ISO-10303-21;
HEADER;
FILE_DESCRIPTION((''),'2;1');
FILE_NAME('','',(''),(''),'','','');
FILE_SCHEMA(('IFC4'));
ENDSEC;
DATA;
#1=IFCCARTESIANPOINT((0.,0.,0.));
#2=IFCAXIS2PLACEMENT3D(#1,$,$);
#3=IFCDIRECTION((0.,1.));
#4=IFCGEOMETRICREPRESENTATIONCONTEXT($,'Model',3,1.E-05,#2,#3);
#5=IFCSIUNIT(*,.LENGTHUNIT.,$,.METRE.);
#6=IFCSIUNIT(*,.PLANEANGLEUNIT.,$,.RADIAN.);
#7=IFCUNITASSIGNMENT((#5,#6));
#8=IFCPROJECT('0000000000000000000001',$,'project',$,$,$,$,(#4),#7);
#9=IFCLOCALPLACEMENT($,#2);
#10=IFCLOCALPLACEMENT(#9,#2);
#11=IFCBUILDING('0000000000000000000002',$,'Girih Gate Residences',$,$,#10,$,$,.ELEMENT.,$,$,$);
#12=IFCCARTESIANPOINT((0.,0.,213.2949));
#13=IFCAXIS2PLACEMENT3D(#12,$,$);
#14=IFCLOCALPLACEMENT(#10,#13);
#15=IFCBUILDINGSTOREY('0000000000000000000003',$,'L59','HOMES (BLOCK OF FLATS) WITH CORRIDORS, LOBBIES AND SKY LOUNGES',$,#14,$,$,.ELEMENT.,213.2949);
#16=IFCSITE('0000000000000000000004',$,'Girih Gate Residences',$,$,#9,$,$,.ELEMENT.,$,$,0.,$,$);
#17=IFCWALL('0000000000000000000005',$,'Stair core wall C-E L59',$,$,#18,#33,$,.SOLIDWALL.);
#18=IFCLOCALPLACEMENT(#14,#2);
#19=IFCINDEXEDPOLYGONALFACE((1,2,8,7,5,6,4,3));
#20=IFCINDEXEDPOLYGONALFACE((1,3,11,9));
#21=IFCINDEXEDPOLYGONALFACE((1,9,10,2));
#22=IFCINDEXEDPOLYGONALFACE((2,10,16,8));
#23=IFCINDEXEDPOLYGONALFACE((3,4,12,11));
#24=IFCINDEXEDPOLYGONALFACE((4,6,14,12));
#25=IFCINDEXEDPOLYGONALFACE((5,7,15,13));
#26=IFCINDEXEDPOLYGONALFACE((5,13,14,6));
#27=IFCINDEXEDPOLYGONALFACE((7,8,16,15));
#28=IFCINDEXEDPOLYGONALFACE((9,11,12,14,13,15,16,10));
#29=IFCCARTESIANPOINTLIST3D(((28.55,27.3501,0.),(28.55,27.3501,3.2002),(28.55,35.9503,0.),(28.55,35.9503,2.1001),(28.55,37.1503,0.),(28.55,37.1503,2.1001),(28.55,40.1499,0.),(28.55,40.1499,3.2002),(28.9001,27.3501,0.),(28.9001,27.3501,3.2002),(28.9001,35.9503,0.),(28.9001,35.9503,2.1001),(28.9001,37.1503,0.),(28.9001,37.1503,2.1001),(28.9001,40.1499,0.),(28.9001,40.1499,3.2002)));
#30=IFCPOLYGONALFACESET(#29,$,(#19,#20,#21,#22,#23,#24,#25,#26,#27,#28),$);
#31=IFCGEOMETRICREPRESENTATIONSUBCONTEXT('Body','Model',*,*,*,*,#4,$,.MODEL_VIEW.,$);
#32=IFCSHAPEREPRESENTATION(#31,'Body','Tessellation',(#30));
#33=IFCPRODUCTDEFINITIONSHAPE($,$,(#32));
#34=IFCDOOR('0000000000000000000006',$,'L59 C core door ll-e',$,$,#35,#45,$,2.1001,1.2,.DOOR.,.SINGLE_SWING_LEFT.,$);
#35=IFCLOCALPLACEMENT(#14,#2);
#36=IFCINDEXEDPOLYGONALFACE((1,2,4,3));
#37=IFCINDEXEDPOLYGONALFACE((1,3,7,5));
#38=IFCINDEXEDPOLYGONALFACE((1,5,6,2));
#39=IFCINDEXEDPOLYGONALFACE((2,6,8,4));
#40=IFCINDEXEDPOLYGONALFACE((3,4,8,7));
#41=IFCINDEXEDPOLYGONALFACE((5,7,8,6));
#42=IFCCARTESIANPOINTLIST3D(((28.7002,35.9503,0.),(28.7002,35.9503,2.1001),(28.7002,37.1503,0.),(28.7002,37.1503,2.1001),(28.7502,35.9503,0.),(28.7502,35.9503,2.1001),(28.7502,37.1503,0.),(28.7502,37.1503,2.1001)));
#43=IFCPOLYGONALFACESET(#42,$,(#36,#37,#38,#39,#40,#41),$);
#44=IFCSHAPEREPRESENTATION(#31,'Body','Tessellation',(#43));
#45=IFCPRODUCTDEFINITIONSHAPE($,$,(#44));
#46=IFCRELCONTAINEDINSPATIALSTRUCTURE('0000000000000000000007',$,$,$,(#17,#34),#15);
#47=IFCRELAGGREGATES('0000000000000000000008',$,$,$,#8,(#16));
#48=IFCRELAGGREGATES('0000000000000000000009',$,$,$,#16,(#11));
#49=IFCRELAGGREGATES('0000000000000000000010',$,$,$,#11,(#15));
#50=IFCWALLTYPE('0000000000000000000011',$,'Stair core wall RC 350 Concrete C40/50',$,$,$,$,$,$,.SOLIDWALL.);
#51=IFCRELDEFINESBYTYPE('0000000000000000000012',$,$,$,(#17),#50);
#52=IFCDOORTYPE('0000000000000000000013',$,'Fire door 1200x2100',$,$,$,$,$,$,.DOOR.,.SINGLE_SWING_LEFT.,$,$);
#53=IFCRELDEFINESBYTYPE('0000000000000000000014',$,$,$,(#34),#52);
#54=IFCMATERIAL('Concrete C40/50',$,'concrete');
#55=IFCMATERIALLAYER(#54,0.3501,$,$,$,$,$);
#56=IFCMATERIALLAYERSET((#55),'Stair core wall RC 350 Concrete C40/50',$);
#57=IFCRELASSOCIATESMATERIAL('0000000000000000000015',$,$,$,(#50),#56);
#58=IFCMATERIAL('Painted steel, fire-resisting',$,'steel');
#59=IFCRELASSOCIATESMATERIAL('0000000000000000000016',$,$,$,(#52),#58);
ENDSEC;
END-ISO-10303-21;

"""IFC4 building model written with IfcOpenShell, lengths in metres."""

from ifc_helpers import new_model, si_unit, direction, frame, frame_2d, origin, place, context, subcontext, project, spatial, rectangle, extrude, material, layer, layer_set, type_object, element, fill, save


model = new_model("IFC4")

# Units and contexts
model_context = context("Model", 3, precision=1e-05, world=origin(), true_north=direction((0.0, 1.0)))
body_context = subcontext(model_context, "Body", "Model", "MODEL_VIEW")
ifc_project = project(units=[si_unit("LENGTHUNIT", "METRE"), si_unit("PLANEANGLEUNIT", "RADIAN")], contexts=[model_context])

# Site, building, storey
site_placement = place(None, origin())
site = spatial("IfcSite", under=ifc_project, at=site_placement, Name="Girih Gate Residences", CompositionType="ELEMENT", RefElevation=0.0)
building_placement = place(site_placement, origin())
building = spatial("IfcBuilding", under=site, at=building_placement, Name="Girih Gate Residences", CompositionType="ELEMENT")
storey_placement = place(building_placement, frame((0.0, 0.0, 213.2949)))
storey = spatial("IfcBuildingStorey", under=building, at=storey_placement, Name="L59", Description="HOMES (BLOCK OF FLATS) WITH CORRIDORS, LOBBIES AND SKY LOUNGES", CompositionType="ELEMENT", Elevation=213.2949)

# Wall, opening, door
ifc_material_1 = material(Name="Concrete C40/50", Category="concrete")
ifc_layer_1 = layer(ifc_material_1, 0.3501)
ifc_layer_set_1 = layer_set([ifc_layer_1], Name="Stair core wall RC 350 Concrete C40/50")
wall_type_1 = type_object("IfcWallType", Name="Stair core wall RC 350 Concrete C40/50", PredefinedType="SOLIDWALL", material=ifc_layer_set_1)
ifc_material_2 = material(Name="Painted steel, fire-resisting", Category="steel")
door_type_1 = type_object("IfcDoorType", Name="Fire door 1200x2100", OperationType="SINGLE_SWING_LEFT", PredefinedType="DOOR", material=ifc_material_2)
wall_1_placement = place(storey_placement, frame((28.7251, 27.3501, 0.0), z_axis=(0.0, 0.0, 1.0), x_axis=(0.0, 1.0, 0.0)))
wall_1 = element("IfcWall", 1, at=wall_1_placement, inside=storey, type_object=wall_type_1, Name="Stair core wall C-E L59", PredefinedType="SOLIDWALL", context=body_context, shape_type="SweptSolid", body=[
    extrude(rectangle(XDim=12.7998, YDim=0.3501, at=frame_2d((6.3999, 0.0))), origin(), (0.0, 0.0, 1.0), 3.2002),
])
opening_1_placement = place(wall_1_placement, frame((8.6001, 0.0, 0.0)))
opening_1 = element("IfcOpeningElement", 2, at=opening_1_placement, cuts=wall_1, PredefinedType="OPENING", context=body_context, shape_type="SweptSolid", body=[
    extrude(rectangle(XDim=1.2, YDim=2.1001, at=frame_2d((0.6001, 1.05))), frame((0.0, 0.1851, 0.0), z_axis=(0.0, -1.0, 0.0), x_axis=(1.0, 0.0, 0.0)), (0.0, 0.0, 1.0), 0.3701),
])
door_1_placement = place(opening_1_placement, origin())
door_1 = element("IfcDoor", 3, at=door_1_placement, inside=storey, type_object=door_type_1, Name="L59 C core door ll-e", OperationType="SINGLE_SWING_LEFT", OverallHeight=2.1001, OverallWidth=1.2, PredefinedType="DOOR", context=body_context, shape_type="SweptSolid", body=[
    extrude(rectangle(XDim=1.2, YDim=2.1001, at=frame_2d((0.6001, 1.05))), frame((0.0, 0.0249, 0.0), z_axis=(0.0, -1.0, 0.0), x_axis=(1.0, 0.0, 0.0)), (0.0, 0.0, 1.0), 0.05),
])
fill(opening_1, door_1)

save(model, "model.ifc")
